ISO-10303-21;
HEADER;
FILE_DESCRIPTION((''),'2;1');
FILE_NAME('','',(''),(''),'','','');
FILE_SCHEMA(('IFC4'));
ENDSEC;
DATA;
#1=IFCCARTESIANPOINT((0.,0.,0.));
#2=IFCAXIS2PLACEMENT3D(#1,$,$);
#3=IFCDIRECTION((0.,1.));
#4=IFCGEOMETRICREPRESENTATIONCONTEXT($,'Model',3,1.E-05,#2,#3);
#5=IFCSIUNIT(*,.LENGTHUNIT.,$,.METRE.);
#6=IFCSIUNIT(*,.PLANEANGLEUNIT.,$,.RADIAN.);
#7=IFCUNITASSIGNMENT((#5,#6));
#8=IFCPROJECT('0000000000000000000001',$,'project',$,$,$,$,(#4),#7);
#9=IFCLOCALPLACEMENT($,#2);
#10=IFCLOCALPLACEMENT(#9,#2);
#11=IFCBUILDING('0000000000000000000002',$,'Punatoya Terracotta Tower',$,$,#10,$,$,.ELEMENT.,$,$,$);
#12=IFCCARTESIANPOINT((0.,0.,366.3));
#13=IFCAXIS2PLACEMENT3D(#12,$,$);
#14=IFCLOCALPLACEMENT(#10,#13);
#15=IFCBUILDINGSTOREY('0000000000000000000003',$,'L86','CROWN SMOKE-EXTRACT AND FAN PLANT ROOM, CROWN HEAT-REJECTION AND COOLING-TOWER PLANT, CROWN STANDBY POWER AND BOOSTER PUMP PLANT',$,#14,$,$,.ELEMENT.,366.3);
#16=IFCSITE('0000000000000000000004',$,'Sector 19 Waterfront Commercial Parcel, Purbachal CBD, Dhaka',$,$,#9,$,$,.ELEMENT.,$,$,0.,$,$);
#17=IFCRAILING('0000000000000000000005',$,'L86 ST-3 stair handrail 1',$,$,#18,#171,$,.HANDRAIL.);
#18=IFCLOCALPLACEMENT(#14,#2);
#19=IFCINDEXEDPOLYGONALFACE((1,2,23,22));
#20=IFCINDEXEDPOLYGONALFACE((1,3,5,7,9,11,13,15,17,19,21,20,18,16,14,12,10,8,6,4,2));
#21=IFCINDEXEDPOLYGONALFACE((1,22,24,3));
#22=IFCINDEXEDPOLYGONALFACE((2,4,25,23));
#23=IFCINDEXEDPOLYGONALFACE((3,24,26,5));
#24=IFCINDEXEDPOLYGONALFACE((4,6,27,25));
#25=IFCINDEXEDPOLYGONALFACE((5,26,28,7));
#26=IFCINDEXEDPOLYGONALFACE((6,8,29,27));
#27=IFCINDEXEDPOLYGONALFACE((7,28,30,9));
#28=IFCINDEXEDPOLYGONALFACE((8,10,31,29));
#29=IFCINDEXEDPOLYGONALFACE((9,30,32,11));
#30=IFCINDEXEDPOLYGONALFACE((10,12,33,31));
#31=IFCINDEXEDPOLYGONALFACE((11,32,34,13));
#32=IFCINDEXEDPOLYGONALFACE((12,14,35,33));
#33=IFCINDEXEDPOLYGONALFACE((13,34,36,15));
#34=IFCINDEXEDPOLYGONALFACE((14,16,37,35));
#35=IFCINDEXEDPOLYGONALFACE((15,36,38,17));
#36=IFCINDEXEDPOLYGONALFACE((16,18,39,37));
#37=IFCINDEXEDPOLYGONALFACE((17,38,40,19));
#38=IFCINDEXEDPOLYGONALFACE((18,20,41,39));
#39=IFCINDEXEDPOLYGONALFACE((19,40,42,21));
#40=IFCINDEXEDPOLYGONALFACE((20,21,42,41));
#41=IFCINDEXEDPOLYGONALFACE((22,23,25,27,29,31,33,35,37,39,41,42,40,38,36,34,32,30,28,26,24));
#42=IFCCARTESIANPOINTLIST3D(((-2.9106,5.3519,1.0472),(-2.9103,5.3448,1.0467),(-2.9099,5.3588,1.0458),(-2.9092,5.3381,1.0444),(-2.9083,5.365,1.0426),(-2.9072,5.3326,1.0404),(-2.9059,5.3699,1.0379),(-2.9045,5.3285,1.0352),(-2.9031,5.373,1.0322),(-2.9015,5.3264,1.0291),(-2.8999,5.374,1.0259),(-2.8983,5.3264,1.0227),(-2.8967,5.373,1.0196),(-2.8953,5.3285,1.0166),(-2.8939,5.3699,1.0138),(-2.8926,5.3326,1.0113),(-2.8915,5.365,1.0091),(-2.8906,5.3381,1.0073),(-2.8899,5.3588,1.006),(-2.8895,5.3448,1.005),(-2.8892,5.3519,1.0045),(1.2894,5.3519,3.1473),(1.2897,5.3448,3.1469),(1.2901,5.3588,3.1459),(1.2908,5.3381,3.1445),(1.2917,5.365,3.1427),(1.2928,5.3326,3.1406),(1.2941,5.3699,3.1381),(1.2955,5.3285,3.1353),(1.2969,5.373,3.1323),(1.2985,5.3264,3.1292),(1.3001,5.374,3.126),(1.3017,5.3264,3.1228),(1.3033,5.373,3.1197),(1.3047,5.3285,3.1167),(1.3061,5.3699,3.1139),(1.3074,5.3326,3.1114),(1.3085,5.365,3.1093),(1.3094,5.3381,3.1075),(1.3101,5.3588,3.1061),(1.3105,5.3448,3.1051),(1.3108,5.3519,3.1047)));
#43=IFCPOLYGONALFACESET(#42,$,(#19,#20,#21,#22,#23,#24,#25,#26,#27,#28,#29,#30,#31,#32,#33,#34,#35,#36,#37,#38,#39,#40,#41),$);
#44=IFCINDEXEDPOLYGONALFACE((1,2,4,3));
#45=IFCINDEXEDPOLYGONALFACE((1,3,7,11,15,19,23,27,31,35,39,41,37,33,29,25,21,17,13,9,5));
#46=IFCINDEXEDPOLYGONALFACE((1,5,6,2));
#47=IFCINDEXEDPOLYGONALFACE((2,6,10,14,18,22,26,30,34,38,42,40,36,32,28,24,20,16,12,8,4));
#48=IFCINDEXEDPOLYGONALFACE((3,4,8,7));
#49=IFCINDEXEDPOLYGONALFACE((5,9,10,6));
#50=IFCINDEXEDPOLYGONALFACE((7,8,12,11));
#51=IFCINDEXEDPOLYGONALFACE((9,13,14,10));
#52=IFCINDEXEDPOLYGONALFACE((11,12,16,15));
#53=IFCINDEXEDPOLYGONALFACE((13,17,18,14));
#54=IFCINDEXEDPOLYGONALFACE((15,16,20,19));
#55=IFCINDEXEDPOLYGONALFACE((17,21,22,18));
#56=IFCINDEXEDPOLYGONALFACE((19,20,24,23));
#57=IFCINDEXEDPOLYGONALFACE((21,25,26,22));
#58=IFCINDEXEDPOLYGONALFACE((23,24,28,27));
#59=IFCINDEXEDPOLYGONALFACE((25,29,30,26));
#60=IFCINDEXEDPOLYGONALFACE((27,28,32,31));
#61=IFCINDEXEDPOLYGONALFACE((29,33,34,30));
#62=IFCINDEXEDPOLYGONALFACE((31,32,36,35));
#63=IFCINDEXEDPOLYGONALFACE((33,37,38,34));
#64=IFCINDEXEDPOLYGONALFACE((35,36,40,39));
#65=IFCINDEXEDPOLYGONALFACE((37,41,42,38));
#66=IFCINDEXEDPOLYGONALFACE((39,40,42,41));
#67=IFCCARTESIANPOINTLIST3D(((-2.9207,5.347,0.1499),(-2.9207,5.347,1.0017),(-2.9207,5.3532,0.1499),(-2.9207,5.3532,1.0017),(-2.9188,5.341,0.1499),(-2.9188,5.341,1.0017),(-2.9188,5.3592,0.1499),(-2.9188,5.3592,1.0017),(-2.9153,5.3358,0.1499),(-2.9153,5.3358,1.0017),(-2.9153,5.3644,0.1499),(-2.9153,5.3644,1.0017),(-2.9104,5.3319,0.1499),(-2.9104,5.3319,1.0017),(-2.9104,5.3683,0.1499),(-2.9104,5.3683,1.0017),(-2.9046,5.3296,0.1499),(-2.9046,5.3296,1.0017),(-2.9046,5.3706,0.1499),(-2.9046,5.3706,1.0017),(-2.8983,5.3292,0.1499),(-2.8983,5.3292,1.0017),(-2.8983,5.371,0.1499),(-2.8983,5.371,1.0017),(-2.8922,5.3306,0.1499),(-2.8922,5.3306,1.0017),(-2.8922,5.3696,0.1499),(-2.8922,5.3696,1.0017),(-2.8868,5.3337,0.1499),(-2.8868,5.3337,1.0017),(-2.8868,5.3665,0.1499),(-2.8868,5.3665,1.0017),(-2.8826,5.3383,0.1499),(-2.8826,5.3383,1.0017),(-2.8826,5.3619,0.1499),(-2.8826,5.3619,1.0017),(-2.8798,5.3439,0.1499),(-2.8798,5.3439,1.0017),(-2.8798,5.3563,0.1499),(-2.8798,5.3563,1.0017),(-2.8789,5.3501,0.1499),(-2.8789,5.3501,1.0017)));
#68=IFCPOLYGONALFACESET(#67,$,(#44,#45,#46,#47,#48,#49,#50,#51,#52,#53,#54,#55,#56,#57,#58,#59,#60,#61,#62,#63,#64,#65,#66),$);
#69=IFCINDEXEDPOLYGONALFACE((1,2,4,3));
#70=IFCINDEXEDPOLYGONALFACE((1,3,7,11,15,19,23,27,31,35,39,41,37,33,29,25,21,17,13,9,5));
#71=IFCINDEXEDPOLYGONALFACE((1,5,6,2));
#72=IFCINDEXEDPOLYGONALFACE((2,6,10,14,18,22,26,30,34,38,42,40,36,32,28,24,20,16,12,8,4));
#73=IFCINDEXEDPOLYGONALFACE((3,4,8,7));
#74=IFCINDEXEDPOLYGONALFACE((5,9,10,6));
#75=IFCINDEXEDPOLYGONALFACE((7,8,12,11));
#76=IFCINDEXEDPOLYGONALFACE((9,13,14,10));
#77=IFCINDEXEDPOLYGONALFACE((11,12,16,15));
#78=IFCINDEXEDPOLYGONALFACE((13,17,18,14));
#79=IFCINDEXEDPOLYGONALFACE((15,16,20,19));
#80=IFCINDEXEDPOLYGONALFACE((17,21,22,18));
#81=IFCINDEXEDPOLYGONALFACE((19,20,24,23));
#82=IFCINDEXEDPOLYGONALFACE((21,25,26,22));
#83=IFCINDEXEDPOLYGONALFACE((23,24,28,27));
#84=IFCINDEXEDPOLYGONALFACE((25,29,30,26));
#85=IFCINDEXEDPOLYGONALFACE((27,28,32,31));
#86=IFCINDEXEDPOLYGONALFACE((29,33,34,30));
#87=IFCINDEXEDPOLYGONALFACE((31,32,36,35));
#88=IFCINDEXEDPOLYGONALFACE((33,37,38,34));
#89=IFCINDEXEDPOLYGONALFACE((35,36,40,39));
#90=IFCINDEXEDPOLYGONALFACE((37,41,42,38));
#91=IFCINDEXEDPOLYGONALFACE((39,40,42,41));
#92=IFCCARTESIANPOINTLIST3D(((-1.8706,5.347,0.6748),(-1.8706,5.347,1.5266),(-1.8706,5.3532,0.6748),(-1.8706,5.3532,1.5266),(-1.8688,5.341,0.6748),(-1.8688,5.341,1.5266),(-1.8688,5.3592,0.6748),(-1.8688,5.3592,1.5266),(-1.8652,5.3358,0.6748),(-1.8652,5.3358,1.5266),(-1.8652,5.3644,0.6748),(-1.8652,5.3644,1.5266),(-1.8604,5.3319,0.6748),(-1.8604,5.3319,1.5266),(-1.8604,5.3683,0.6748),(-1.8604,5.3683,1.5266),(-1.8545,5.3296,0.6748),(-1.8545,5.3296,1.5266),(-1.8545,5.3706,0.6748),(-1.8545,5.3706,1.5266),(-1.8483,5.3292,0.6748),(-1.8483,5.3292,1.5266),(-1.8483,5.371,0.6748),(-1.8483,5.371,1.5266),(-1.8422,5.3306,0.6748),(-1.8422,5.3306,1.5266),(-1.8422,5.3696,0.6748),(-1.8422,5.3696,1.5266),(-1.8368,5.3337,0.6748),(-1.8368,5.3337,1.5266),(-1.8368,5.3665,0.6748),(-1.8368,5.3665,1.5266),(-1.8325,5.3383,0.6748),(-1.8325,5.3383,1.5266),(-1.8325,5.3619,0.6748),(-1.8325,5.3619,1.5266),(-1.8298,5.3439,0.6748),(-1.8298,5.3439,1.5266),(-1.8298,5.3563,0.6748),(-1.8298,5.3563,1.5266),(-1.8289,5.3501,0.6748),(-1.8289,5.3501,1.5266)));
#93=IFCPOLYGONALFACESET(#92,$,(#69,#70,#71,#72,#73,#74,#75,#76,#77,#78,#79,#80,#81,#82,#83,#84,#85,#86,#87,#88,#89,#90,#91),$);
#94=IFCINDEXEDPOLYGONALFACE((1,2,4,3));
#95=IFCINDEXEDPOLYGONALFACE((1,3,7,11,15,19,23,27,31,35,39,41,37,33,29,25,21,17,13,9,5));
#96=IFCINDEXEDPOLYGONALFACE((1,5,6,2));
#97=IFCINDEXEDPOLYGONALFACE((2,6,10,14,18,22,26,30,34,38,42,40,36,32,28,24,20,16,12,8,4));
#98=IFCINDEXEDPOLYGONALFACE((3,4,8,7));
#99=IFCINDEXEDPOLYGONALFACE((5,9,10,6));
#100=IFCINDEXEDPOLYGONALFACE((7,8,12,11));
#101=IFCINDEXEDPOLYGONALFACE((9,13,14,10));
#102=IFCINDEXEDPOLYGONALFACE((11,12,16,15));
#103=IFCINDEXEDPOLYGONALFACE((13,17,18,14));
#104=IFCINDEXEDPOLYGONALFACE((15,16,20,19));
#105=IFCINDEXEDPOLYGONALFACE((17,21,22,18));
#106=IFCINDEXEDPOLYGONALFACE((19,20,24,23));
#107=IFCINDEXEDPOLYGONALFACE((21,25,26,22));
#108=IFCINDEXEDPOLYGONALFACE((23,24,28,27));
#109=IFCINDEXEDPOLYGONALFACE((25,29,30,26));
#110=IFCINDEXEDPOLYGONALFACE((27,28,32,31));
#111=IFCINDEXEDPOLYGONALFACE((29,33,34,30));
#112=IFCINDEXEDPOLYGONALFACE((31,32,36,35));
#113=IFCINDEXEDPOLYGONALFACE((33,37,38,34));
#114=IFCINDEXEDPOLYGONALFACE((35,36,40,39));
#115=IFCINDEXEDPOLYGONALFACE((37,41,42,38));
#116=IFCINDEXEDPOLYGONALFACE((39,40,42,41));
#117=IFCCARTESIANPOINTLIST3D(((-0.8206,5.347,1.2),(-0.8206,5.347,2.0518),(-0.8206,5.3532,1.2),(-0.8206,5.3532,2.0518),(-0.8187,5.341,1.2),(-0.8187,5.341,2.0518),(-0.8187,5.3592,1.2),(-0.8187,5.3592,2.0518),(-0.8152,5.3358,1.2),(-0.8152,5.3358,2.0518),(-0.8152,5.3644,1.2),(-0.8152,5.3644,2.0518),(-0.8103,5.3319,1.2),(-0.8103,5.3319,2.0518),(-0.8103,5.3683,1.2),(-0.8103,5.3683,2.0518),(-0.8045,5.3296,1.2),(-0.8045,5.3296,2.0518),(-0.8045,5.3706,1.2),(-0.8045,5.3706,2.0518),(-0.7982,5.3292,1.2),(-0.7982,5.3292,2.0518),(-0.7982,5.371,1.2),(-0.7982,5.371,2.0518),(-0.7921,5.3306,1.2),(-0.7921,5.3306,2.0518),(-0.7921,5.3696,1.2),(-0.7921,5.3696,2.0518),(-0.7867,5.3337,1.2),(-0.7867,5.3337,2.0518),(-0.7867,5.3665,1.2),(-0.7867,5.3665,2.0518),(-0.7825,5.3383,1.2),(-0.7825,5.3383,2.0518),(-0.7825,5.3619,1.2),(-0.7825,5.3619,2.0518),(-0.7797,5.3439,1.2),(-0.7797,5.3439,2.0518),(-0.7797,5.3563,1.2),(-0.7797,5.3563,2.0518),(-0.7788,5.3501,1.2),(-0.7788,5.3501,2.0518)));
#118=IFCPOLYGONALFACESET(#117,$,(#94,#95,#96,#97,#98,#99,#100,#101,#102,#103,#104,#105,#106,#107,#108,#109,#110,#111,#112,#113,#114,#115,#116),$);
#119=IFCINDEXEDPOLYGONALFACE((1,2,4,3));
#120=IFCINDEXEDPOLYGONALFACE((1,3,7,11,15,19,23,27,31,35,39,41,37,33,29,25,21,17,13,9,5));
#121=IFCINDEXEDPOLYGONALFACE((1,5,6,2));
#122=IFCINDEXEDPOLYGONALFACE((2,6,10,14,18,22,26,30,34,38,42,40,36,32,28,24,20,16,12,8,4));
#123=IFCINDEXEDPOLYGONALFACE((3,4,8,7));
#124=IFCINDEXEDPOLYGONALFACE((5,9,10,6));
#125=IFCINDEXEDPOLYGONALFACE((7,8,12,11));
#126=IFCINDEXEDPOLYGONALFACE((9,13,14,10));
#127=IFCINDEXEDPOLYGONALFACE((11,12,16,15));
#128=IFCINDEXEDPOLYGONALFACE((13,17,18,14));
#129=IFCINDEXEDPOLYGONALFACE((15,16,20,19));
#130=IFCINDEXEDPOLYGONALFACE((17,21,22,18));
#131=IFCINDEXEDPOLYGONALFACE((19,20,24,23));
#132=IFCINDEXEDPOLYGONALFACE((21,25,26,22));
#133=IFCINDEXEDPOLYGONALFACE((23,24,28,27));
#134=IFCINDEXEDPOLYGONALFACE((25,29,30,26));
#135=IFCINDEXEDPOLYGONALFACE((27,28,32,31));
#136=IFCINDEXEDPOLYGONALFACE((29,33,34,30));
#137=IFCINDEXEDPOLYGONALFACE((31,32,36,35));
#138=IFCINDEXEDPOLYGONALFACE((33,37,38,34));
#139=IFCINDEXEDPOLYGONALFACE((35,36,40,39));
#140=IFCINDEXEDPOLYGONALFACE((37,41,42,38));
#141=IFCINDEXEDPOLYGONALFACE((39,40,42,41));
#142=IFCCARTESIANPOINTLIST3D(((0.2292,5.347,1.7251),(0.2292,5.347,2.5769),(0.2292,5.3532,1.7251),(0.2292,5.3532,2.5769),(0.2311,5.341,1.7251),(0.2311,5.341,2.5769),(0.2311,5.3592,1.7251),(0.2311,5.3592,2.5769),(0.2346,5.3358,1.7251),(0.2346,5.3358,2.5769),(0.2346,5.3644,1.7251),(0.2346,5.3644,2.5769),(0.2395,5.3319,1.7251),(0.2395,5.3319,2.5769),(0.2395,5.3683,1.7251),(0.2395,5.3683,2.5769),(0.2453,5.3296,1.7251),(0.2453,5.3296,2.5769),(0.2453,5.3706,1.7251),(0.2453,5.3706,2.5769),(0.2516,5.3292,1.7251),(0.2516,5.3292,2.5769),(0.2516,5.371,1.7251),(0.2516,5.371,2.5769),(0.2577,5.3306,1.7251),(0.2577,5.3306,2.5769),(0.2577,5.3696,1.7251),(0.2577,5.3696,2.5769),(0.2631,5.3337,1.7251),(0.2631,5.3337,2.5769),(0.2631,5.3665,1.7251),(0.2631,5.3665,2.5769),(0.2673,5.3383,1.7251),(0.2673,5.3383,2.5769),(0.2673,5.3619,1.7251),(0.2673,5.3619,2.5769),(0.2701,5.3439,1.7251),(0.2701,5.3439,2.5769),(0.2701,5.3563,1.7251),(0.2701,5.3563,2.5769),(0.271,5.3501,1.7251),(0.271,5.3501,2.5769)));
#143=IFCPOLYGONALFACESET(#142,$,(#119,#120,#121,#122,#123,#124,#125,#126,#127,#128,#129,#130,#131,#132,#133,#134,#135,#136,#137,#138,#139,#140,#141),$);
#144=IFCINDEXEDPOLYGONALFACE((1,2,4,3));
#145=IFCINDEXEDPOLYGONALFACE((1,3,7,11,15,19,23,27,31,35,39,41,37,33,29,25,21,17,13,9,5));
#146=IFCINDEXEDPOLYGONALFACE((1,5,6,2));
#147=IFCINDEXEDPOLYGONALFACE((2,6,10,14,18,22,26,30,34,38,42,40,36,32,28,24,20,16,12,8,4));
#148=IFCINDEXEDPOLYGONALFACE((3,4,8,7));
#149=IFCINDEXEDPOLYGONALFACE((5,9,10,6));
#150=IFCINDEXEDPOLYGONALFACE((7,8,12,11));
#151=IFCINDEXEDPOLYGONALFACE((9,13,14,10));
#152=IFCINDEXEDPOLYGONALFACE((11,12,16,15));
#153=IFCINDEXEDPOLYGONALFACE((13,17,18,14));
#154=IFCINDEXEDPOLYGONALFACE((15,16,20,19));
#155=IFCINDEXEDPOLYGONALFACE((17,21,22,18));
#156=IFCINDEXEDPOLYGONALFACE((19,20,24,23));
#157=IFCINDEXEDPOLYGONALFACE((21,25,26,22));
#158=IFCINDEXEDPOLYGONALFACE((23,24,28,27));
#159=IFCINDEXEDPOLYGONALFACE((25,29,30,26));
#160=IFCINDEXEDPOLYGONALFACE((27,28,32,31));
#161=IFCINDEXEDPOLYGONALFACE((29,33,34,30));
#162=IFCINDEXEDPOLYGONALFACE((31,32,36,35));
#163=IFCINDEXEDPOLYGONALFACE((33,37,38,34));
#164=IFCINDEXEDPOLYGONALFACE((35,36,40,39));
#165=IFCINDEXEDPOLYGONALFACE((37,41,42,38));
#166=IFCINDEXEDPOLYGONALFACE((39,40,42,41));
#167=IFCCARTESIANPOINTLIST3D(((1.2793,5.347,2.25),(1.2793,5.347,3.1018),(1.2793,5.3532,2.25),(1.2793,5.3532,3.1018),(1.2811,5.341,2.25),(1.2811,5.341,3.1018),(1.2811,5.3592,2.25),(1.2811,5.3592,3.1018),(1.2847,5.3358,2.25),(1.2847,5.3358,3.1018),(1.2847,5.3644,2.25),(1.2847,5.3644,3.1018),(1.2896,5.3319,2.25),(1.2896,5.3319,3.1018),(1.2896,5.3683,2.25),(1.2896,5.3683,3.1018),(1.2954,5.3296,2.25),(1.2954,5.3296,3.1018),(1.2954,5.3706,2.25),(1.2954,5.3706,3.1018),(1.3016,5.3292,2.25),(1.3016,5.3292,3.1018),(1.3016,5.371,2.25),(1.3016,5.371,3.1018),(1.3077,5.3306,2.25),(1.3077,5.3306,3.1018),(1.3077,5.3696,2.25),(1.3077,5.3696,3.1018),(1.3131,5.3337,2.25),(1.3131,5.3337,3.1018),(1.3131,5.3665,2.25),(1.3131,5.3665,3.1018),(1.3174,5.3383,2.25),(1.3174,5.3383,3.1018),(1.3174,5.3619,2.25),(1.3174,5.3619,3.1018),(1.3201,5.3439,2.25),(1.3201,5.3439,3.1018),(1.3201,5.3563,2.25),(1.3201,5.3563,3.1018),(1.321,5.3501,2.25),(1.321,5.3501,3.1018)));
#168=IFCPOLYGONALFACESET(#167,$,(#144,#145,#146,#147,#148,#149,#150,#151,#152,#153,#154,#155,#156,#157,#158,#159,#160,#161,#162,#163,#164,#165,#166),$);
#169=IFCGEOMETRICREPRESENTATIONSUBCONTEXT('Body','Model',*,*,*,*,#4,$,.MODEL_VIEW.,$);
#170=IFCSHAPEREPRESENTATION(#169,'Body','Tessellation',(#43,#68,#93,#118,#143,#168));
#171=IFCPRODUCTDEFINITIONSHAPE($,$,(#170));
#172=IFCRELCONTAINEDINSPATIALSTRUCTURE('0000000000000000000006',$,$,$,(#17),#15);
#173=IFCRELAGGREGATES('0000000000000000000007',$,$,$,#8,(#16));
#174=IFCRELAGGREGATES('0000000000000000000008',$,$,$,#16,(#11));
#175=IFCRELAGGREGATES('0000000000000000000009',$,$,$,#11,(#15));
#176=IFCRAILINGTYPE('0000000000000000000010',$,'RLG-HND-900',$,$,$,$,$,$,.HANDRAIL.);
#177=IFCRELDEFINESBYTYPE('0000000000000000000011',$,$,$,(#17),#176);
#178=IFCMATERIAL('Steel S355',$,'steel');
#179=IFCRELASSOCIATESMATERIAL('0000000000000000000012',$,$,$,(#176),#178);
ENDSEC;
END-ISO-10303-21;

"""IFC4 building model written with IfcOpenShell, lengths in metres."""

from ifc_helpers import new_model, si_unit, direction, frame, origin, origin_2d, place, context, subcontext, project, spatial, circle, extrude, material, type_object, element, save


model = new_model("IFC4")

# Units and contexts
model_context = context("Model", 3, precision=1e-05, world=origin(), true_north=direction((0.0, 1.0)))
body_context = subcontext(model_context, "Body", "Model", "MODEL_VIEW")
ifc_project = project(units=[si_unit("LENGTHUNIT", "METRE"), si_unit("PLANEANGLEUNIT", "RADIAN")], contexts=[model_context])

# Site, building, storey
site_placement = place(None, origin())
site = spatial("IfcSite", under=ifc_project, at=site_placement, Name="Sector 19 Waterfront Commercial Parcel, Purbachal CBD, Dhaka", CompositionType="ELEMENT", RefElevation=0.0)
building_placement = place(site_placement, origin())
building = spatial("IfcBuilding", under=site, at=building_placement, Name="Punatoya Terracotta Tower", CompositionType="ELEMENT")
storey_placement = place(building_placement, frame((0.0, 0.0, 366.3)))
storey = spatial("IfcBuildingStorey", under=building, at=storey_placement, Name="L86", Description="CROWN SMOKE-EXTRACT AND FAN PLANT ROOM, CROWN HEAT-REJECTION AND COOLING-TOWER PLANT, CROWN STANDBY POWER AND BOOSTER PUMP PLANT", CompositionType="ELEMENT", Elevation=366.3)

# Shared definitions
ifc_material_1 = material(Name="Steel S355", Category="steel")

# Railing
railing_type_1 = type_object("IfcRailingType", Name="RLG-HND-900", PredefinedType="HANDRAIL", material=ifc_material_1)
railing_1_placement = place(storey_placement, frame((-2.8999, 5.3501, 0.1499)))
element("IfcRailing", 1, at=railing_1_placement, inside=storey, type_object=railing_type_1, Name="L86 ST-3 stair handrail 1", PredefinedType="HANDRAIL", context=body_context, shape_type="SweptSolid", body=[
    extrude(circle(Radius=0.0239, at=origin_2d()), frame((0.0, 0.0, 0.876), z_axis=(0.894417, 0.0, 0.447234), x_axis=(0.0, 1.0, 0.0)), (0.0, 0.0, 1.0), 4.6958),
    extrude(circle(Radius=0.021, at=origin_2d()), origin(), (0.0, 0.0, 1.0), 0.8518),
    extrude(circle(Radius=0.021, at=origin_2d()), frame((1.05, 0.0, 0.5249)), (0.0, 0.0, 1.0), 0.8518),
    extrude(circle(Radius=0.021, at=origin_2d()), frame((2.1001, 0.0, 1.05)), (0.0, 0.0, 1.0), 0.8518),
    extrude(circle(Radius=0.021, at=origin_2d()), frame((3.1499, 0.0, 1.5752)), (0.0, 0.0, 1.0), 0.8518),
    extrude(circle(Radius=0.021, at=origin_2d()), frame((4.2, 0.0, 2.1001)), (0.0, 0.0, 1.0), 0.8518),
])

save(model, "model.ifc")
